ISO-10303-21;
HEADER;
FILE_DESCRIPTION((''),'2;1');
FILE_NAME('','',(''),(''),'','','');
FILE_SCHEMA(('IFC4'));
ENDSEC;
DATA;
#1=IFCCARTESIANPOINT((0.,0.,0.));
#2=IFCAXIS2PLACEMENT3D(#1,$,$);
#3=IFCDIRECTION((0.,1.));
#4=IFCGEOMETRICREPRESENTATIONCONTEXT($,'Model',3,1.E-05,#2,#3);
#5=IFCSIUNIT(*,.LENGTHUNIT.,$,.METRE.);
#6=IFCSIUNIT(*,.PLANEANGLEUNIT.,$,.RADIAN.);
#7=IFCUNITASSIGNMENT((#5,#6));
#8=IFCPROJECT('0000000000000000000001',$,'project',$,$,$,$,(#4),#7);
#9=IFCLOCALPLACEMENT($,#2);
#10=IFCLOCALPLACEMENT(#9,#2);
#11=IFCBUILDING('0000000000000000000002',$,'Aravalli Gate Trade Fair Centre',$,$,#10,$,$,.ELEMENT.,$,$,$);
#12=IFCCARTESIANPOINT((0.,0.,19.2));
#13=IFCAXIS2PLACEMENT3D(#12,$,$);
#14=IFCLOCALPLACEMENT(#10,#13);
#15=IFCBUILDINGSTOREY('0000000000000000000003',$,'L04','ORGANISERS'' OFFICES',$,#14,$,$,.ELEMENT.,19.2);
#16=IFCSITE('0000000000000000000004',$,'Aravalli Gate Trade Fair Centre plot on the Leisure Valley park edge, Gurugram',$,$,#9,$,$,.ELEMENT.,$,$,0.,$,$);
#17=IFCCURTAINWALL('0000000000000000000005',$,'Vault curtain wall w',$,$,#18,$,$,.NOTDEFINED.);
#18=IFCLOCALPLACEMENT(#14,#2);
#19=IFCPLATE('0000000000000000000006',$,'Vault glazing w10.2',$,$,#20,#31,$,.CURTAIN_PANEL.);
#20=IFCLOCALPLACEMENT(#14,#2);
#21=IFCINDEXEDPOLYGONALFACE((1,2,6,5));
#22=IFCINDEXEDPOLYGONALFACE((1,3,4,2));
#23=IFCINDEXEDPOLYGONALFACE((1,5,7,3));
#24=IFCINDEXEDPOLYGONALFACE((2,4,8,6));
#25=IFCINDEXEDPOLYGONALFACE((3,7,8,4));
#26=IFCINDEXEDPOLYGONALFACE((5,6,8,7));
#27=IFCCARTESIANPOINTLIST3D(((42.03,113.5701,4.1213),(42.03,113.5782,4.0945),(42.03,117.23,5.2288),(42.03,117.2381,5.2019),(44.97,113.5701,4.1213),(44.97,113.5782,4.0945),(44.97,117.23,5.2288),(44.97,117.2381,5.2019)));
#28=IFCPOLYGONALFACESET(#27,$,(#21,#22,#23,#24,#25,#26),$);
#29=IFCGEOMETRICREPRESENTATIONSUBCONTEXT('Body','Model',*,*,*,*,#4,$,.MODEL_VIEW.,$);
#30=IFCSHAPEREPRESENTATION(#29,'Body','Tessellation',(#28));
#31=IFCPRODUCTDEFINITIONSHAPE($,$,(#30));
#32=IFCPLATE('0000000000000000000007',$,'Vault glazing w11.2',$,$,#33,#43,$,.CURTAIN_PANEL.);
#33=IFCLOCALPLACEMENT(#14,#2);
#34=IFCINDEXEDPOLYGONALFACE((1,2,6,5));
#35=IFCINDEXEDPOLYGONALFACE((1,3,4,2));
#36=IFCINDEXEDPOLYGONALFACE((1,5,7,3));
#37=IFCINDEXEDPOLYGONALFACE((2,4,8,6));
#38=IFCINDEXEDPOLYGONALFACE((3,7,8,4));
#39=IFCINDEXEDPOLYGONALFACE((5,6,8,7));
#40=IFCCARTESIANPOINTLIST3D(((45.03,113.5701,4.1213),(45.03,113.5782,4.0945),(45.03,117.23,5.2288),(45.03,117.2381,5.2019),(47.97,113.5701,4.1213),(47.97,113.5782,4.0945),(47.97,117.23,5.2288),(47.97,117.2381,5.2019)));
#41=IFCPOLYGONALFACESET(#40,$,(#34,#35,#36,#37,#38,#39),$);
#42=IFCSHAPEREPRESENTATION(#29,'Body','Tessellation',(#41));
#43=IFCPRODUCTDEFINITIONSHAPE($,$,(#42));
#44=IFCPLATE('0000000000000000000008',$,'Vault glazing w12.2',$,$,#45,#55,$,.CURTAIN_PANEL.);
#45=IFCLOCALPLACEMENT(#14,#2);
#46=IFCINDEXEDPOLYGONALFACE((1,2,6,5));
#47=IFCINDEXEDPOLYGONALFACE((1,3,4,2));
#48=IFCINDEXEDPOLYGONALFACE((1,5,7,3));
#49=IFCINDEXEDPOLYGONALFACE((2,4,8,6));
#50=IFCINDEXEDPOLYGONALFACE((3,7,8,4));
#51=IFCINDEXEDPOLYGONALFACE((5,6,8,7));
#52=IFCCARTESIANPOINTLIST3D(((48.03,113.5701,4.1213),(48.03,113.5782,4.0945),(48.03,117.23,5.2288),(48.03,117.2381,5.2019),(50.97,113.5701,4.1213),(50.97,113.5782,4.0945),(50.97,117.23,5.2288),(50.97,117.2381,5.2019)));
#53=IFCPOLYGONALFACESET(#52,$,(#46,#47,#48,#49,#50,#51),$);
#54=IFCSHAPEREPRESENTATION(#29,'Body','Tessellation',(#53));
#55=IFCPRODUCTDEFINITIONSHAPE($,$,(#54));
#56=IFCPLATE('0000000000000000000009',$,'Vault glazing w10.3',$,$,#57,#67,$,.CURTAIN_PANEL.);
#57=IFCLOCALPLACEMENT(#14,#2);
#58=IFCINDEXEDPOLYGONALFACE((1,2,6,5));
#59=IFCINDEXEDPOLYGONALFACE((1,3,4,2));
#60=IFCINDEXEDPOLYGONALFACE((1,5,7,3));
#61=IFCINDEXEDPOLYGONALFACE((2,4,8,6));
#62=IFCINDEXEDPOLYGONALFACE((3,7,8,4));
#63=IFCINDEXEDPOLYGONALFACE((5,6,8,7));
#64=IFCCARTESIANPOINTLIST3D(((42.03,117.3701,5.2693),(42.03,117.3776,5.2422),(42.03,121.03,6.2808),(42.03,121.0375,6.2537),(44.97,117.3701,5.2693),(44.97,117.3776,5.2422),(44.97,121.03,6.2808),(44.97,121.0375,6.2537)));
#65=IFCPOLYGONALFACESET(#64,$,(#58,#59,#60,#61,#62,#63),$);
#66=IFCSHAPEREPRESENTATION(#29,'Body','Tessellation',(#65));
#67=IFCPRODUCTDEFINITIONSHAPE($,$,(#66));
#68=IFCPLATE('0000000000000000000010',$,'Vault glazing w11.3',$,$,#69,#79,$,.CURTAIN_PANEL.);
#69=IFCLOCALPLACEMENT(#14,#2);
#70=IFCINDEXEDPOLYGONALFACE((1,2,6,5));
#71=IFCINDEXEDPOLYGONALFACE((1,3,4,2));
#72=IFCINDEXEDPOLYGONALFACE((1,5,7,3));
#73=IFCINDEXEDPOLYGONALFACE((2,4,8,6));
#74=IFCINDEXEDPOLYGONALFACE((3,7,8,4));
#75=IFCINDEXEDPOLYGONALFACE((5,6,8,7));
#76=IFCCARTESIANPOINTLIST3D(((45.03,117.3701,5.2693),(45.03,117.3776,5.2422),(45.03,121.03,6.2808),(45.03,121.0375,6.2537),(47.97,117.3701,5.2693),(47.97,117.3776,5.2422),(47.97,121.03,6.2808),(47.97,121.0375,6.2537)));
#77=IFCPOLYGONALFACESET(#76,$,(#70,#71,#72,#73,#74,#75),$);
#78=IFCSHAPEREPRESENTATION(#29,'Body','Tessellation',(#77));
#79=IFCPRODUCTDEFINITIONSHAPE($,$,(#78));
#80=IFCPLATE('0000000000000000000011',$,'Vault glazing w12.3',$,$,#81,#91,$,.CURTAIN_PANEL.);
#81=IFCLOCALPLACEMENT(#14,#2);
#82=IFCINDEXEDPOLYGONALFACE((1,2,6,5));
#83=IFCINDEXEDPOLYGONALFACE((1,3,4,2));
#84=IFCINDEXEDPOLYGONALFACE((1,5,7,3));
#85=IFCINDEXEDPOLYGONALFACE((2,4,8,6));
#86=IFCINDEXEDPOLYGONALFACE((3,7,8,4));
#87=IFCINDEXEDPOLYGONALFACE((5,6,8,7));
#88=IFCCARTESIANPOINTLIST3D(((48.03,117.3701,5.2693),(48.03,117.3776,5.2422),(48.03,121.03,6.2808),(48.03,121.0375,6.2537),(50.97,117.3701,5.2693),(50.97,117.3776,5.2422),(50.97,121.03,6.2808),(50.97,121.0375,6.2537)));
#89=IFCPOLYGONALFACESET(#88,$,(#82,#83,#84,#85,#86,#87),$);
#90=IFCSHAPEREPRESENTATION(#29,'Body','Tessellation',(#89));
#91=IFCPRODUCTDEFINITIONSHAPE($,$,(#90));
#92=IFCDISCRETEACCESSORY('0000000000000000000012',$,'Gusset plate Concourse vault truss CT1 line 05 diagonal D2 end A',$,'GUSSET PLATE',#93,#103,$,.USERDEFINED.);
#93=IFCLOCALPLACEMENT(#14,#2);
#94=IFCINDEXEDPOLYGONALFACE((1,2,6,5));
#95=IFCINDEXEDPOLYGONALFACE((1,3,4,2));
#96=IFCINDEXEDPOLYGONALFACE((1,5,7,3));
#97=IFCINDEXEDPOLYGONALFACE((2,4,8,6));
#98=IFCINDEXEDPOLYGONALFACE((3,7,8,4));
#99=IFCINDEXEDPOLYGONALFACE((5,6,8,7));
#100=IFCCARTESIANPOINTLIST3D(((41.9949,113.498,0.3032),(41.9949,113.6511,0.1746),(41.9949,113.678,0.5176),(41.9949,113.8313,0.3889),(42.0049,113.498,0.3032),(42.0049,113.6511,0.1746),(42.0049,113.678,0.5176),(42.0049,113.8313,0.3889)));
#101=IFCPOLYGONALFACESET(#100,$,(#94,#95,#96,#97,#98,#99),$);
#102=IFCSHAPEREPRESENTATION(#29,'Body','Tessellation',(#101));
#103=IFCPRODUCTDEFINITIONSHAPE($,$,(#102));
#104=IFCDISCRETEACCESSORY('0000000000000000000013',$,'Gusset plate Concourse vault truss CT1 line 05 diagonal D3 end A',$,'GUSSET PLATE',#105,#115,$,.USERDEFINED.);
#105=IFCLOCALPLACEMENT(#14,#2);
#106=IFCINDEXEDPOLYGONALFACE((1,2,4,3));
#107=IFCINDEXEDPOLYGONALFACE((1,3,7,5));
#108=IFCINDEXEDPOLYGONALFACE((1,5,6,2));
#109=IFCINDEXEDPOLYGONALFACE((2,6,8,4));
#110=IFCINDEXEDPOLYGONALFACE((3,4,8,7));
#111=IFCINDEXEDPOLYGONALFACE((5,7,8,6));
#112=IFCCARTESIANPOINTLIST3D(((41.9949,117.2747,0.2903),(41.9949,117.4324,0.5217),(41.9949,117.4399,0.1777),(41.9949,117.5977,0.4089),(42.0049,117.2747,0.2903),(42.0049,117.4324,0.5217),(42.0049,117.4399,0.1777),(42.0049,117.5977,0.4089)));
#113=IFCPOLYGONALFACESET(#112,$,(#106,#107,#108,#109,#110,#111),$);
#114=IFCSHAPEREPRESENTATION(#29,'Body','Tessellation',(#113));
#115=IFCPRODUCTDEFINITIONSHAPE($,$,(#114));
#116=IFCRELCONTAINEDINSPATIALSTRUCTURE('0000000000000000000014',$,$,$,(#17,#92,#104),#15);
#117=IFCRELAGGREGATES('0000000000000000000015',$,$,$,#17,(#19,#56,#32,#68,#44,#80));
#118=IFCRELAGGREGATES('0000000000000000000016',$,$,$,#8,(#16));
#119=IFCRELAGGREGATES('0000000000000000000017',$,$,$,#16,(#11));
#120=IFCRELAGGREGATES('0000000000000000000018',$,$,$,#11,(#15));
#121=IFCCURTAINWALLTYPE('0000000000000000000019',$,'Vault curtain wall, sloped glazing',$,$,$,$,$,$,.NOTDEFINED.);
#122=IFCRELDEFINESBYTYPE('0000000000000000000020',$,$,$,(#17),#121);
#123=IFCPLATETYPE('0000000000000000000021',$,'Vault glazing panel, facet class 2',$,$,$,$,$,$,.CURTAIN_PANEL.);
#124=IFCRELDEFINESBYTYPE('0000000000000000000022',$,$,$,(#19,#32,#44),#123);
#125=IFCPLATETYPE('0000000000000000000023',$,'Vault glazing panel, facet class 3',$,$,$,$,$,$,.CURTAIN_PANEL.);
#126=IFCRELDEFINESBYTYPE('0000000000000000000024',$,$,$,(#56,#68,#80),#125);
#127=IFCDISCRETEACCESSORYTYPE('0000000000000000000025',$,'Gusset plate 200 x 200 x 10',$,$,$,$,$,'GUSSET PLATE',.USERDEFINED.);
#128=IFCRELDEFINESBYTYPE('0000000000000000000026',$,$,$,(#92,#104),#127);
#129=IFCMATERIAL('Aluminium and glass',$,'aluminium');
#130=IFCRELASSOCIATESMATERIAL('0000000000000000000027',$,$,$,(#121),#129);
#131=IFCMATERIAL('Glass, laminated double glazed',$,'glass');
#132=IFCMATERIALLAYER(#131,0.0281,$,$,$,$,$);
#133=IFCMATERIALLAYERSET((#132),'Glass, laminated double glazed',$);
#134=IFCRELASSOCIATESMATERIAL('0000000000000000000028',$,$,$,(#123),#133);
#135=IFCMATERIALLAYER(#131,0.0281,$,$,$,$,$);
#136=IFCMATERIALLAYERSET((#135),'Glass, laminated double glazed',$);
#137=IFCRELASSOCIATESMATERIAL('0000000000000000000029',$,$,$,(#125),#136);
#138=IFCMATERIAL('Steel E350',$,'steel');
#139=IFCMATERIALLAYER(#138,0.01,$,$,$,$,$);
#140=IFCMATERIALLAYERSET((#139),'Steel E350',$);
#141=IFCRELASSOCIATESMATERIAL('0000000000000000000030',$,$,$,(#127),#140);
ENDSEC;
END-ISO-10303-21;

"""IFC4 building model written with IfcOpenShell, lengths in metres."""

from ifc_helpers import new_model, si_unit, direction, frame, origin, place, context, subcontext, project, spatial, polyline, outline, extrude, material, layer, layer_set, type_object, element, aggregate, save


model = new_model("IFC4")

# Units and contexts
model_context = context("Model", 3, precision=1e-05, world=origin(), true_north=direction((0.0, 1.0)))
body_context = subcontext(model_context, "Body", "Model", "MODEL_VIEW")
ifc_project = project(units=[si_unit("LENGTHUNIT", "METRE"), si_unit("PLANEANGLEUNIT", "RADIAN")], contexts=[model_context])

# Site, building, storey
site_placement = place(None, origin())
site = spatial("IfcSite", under=ifc_project, at=site_placement, Name="Aravalli Gate Trade Fair Centre plot on the Leisure Valley park edge, Gurugram", CompositionType="ELEMENT", RefElevation=0.0)
building_placement = place(site_placement, origin())
building = spatial("IfcBuilding", under=site, at=building_placement, Name="Aravalli Gate Trade Fair Centre", CompositionType="ELEMENT")
storey_placement = place(building_placement, frame((0.0, 0.0, 19.2)))
storey = spatial("IfcBuildingStorey", under=building, at=storey_placement, Name="L04", Description="ORGANISERS' OFFICES", CompositionType="ELEMENT", Elevation=19.2)

# Shared definitions
ifc_material_1 = material(Name="Steel E350", Category="steel")

# Curtain wall, plates
ifc_material_2 = material(Name="Aluminium and glass", Category="aluminium")
curtain_wall_type = type_object("IfcCurtainWallType", Name="Vault curtain wall, sloped glazing", PredefinedType="NOTDEFINED", material=ifc_material_2)
curtain_wall_placement = place(storey_placement, origin())
curtain_wall = element("IfcCurtainWall", 1, at=curtain_wall_placement, inside=storey, type_object=curtain_wall_type, Name="Vault curtain wall w", PredefinedType="NOTDEFINED")
ifc_material_3 = material(Name="Glass, laminated double glazed", Category="glass")
ifc_layer_1 = layer(ifc_material_3, 0.0281)
ifc_layer_set_1 = layer_set([ifc_layer_1], Name="Glass, laminated double glazed")
plate_type_1 = type_object("IfcPlateType", Name="Vault glazing panel, facet class 2", PredefinedType="CURTAIN_PANEL", material=ifc_layer_set_1)
plate_1_placement = place(storey_placement, frame((42.03, 113.5701, 4.1213), z_axis=(0.0, -0.289614, 0.957144), x_axis=(1.0, 0.0, 0.0)))
plate_1 = element("IfcPlate", 2, at=plate_1_placement, type_object=plate_type_1, Name="Vault glazing w10.2", PredefinedType="CURTAIN_PANEL", context=body_context, shape_type="SweptSolid", body=[
    extrude(outline(polyline([(0.0, 0.0), (2.9399, 0.0), (2.9399, 3.8238), (0.0, 3.8238), (0.0, 0.0)])), origin(), (0.0, 0.0, -1.0), 0.0281),
])
plate_2_placement = place(storey_placement, frame((45.03, 113.5701, 4.1213), z_axis=(0.0, -0.289614, 0.957144), x_axis=(1.0, 0.0, 0.0)))
plate_2 = element("IfcPlate", 3, at=plate_2_placement, type_object=plate_type_1, Name="Vault glazing w11.2", PredefinedType="CURTAIN_PANEL", context=body_context, shape_type="SweptSolid", body=[
    extrude(outline(polyline([(0.0, 0.0), (2.9399, 0.0), (2.9399, 3.8238), (0.0, 3.8238), (0.0, 0.0)])), origin(), (0.0, 0.0, -1.0), 0.0281),
])
plate_3_placement = place(storey_placement, frame((48.03, 113.5701, 4.1213), z_axis=(0.0, -0.289614, 0.957144), x_axis=(1.0, 0.0, 0.0)))
plate_3 = element("IfcPlate", 4, at=plate_3_placement, type_object=plate_type_1, Name="Vault glazing w12.2", PredefinedType="CURTAIN_PANEL", context=body_context, shape_type="SweptSolid", body=[
    extrude(outline(polyline([(0.0, 0.0), (2.9399, 0.0), (2.9399, 3.8238), (0.0, 3.8238), (0.0, 0.0)])), origin(), (0.0, 0.0, -1.0), 0.0281),
])
ifc_layer_2 = layer(ifc_material_3, 0.0281)
ifc_layer_set_2 = layer_set([ifc_layer_2], Name="Glass, laminated double glazed")
plate_type_2 = type_object("IfcPlateType", Name="Vault glazing panel, facet class 3", PredefinedType="CURTAIN_PANEL", material=ifc_layer_set_2)
plate_4_placement = place(storey_placement, frame((42.03, 117.3701, 5.2693), z_axis=(0.0, -0.26638, 0.963868), x_axis=(1.0, 0.0, 0.0)))
plate_4 = element("IfcPlate", 5, at=plate_4_placement, type_object=plate_type_2, Name="Vault glazing w10.3", PredefinedType="CURTAIN_PANEL", context=body_context, shape_type="SweptSolid", body=[
    extrude(outline(polyline([(0.0, 0.0), (2.9399, 0.0), (2.9399, 3.7971), (0.0, 3.7971), (0.0, 0.0)])), origin(), (0.0, 0.0, -1.0), 0.0281),
])
plate_5_placement = place(storey_placement, frame((45.03, 117.3701, 5.2693), z_axis=(0.0, -0.26638, 0.963868), x_axis=(1.0, 0.0, 0.0)))
plate_5 = element("IfcPlate", 6, at=plate_5_placement, type_object=plate_type_2, Name="Vault glazing w11.3", PredefinedType="CURTAIN_PANEL", context=body_context, shape_type="SweptSolid", body=[
    extrude(outline(polyline([(0.0, 0.0), (2.9399, 0.0), (2.9399, 3.7971), (0.0, 3.7971), (0.0, 0.0)])), origin(), (0.0, 0.0, -1.0), 0.0281),
])
plate_6_placement = place(storey_placement, frame((48.03, 117.3701, 5.2693), z_axis=(0.0, -0.26638, 0.963868), x_axis=(1.0, 0.0, 0.0)))
plate_6 = element("IfcPlate", 7, at=plate_6_placement, type_object=plate_type_2, Name="Vault glazing w12.3", PredefinedType="CURTAIN_PANEL", context=body_context, shape_type="SweptSolid", body=[
    extrude(outline(polyline([(0.0, 0.0), (2.9399, 0.0), (2.9399, 3.7971), (0.0, 3.7971), (0.0, 0.0)])), origin(), (0.0, 0.0, -1.0), 0.0281),
])
aggregate(curtain_wall, [plate_1, plate_4, plate_2, plate_5, plate_3, plate_6])

# Discrete accessories
ifc_layer_3 = layer(ifc_material_1, 0.01)
ifc_layer_set_3 = layer_set([ifc_layer_3], Name="Steel E350")
discrete_accessory_type = type_object("IfcDiscreteAccessoryType", Name="Gusset plate 200 x 200 x 10", ElementType="GUSSET PLATE", PredefinedType="USERDEFINED", material=ifc_layer_set_3)
discrete_accessory_1_placement = place(storey_placement, frame((42.0049, 113.678, 0.5176), z_axis=(1.0, 0.0, 0.0), x_axis=(0.0, -0.642926, -0.765928)))
element("IfcDiscreteAccessory", 8, at=discrete_accessory_1_placement, inside=storey, type_object=discrete_accessory_type, Name="Gusset plate Concourse vault truss CT1 line 05 diagonal D2 end A", ObjectType="GUSSET PLATE", PredefinedType="USERDEFINED", context=body_context, shape_type="SweptSolid", body=[
    extrude(outline(polyline([(0.0, 0.0), (0.2799, 0.0), (0.28, 0.2), (0.0, 0.2002), (0.0, 0.0)])), origin(), (0.0, 0.0, -1.0), 0.01),
])
discrete_accessory_2_placement = place(storey_placement, frame((42.0049, 117.4324, 0.5217), z_axis=(1.0, 0.0, 0.0), x_axis=(0.0, -0.56312, -0.826375)))
element("IfcDiscreteAccessory", 9, at=discrete_accessory_2_placement, inside=storey, type_object=discrete_accessory_type, Name="Gusset plate Concourse vault truss CT1 line 05 diagonal D3 end A", ObjectType="GUSSET PLATE", PredefinedType="USERDEFINED", context=body_context, shape_type="SweptSolid", body=[
    extrude(outline(polyline([(0.0, 0.0), (0.2801, 0.0), (0.28, 0.2), (0.0001, 0.2001), (0.0, 0.0)])), origin(), (0.0, 0.0, -1.0), 0.01),
])

save(model, "model.ifc")
